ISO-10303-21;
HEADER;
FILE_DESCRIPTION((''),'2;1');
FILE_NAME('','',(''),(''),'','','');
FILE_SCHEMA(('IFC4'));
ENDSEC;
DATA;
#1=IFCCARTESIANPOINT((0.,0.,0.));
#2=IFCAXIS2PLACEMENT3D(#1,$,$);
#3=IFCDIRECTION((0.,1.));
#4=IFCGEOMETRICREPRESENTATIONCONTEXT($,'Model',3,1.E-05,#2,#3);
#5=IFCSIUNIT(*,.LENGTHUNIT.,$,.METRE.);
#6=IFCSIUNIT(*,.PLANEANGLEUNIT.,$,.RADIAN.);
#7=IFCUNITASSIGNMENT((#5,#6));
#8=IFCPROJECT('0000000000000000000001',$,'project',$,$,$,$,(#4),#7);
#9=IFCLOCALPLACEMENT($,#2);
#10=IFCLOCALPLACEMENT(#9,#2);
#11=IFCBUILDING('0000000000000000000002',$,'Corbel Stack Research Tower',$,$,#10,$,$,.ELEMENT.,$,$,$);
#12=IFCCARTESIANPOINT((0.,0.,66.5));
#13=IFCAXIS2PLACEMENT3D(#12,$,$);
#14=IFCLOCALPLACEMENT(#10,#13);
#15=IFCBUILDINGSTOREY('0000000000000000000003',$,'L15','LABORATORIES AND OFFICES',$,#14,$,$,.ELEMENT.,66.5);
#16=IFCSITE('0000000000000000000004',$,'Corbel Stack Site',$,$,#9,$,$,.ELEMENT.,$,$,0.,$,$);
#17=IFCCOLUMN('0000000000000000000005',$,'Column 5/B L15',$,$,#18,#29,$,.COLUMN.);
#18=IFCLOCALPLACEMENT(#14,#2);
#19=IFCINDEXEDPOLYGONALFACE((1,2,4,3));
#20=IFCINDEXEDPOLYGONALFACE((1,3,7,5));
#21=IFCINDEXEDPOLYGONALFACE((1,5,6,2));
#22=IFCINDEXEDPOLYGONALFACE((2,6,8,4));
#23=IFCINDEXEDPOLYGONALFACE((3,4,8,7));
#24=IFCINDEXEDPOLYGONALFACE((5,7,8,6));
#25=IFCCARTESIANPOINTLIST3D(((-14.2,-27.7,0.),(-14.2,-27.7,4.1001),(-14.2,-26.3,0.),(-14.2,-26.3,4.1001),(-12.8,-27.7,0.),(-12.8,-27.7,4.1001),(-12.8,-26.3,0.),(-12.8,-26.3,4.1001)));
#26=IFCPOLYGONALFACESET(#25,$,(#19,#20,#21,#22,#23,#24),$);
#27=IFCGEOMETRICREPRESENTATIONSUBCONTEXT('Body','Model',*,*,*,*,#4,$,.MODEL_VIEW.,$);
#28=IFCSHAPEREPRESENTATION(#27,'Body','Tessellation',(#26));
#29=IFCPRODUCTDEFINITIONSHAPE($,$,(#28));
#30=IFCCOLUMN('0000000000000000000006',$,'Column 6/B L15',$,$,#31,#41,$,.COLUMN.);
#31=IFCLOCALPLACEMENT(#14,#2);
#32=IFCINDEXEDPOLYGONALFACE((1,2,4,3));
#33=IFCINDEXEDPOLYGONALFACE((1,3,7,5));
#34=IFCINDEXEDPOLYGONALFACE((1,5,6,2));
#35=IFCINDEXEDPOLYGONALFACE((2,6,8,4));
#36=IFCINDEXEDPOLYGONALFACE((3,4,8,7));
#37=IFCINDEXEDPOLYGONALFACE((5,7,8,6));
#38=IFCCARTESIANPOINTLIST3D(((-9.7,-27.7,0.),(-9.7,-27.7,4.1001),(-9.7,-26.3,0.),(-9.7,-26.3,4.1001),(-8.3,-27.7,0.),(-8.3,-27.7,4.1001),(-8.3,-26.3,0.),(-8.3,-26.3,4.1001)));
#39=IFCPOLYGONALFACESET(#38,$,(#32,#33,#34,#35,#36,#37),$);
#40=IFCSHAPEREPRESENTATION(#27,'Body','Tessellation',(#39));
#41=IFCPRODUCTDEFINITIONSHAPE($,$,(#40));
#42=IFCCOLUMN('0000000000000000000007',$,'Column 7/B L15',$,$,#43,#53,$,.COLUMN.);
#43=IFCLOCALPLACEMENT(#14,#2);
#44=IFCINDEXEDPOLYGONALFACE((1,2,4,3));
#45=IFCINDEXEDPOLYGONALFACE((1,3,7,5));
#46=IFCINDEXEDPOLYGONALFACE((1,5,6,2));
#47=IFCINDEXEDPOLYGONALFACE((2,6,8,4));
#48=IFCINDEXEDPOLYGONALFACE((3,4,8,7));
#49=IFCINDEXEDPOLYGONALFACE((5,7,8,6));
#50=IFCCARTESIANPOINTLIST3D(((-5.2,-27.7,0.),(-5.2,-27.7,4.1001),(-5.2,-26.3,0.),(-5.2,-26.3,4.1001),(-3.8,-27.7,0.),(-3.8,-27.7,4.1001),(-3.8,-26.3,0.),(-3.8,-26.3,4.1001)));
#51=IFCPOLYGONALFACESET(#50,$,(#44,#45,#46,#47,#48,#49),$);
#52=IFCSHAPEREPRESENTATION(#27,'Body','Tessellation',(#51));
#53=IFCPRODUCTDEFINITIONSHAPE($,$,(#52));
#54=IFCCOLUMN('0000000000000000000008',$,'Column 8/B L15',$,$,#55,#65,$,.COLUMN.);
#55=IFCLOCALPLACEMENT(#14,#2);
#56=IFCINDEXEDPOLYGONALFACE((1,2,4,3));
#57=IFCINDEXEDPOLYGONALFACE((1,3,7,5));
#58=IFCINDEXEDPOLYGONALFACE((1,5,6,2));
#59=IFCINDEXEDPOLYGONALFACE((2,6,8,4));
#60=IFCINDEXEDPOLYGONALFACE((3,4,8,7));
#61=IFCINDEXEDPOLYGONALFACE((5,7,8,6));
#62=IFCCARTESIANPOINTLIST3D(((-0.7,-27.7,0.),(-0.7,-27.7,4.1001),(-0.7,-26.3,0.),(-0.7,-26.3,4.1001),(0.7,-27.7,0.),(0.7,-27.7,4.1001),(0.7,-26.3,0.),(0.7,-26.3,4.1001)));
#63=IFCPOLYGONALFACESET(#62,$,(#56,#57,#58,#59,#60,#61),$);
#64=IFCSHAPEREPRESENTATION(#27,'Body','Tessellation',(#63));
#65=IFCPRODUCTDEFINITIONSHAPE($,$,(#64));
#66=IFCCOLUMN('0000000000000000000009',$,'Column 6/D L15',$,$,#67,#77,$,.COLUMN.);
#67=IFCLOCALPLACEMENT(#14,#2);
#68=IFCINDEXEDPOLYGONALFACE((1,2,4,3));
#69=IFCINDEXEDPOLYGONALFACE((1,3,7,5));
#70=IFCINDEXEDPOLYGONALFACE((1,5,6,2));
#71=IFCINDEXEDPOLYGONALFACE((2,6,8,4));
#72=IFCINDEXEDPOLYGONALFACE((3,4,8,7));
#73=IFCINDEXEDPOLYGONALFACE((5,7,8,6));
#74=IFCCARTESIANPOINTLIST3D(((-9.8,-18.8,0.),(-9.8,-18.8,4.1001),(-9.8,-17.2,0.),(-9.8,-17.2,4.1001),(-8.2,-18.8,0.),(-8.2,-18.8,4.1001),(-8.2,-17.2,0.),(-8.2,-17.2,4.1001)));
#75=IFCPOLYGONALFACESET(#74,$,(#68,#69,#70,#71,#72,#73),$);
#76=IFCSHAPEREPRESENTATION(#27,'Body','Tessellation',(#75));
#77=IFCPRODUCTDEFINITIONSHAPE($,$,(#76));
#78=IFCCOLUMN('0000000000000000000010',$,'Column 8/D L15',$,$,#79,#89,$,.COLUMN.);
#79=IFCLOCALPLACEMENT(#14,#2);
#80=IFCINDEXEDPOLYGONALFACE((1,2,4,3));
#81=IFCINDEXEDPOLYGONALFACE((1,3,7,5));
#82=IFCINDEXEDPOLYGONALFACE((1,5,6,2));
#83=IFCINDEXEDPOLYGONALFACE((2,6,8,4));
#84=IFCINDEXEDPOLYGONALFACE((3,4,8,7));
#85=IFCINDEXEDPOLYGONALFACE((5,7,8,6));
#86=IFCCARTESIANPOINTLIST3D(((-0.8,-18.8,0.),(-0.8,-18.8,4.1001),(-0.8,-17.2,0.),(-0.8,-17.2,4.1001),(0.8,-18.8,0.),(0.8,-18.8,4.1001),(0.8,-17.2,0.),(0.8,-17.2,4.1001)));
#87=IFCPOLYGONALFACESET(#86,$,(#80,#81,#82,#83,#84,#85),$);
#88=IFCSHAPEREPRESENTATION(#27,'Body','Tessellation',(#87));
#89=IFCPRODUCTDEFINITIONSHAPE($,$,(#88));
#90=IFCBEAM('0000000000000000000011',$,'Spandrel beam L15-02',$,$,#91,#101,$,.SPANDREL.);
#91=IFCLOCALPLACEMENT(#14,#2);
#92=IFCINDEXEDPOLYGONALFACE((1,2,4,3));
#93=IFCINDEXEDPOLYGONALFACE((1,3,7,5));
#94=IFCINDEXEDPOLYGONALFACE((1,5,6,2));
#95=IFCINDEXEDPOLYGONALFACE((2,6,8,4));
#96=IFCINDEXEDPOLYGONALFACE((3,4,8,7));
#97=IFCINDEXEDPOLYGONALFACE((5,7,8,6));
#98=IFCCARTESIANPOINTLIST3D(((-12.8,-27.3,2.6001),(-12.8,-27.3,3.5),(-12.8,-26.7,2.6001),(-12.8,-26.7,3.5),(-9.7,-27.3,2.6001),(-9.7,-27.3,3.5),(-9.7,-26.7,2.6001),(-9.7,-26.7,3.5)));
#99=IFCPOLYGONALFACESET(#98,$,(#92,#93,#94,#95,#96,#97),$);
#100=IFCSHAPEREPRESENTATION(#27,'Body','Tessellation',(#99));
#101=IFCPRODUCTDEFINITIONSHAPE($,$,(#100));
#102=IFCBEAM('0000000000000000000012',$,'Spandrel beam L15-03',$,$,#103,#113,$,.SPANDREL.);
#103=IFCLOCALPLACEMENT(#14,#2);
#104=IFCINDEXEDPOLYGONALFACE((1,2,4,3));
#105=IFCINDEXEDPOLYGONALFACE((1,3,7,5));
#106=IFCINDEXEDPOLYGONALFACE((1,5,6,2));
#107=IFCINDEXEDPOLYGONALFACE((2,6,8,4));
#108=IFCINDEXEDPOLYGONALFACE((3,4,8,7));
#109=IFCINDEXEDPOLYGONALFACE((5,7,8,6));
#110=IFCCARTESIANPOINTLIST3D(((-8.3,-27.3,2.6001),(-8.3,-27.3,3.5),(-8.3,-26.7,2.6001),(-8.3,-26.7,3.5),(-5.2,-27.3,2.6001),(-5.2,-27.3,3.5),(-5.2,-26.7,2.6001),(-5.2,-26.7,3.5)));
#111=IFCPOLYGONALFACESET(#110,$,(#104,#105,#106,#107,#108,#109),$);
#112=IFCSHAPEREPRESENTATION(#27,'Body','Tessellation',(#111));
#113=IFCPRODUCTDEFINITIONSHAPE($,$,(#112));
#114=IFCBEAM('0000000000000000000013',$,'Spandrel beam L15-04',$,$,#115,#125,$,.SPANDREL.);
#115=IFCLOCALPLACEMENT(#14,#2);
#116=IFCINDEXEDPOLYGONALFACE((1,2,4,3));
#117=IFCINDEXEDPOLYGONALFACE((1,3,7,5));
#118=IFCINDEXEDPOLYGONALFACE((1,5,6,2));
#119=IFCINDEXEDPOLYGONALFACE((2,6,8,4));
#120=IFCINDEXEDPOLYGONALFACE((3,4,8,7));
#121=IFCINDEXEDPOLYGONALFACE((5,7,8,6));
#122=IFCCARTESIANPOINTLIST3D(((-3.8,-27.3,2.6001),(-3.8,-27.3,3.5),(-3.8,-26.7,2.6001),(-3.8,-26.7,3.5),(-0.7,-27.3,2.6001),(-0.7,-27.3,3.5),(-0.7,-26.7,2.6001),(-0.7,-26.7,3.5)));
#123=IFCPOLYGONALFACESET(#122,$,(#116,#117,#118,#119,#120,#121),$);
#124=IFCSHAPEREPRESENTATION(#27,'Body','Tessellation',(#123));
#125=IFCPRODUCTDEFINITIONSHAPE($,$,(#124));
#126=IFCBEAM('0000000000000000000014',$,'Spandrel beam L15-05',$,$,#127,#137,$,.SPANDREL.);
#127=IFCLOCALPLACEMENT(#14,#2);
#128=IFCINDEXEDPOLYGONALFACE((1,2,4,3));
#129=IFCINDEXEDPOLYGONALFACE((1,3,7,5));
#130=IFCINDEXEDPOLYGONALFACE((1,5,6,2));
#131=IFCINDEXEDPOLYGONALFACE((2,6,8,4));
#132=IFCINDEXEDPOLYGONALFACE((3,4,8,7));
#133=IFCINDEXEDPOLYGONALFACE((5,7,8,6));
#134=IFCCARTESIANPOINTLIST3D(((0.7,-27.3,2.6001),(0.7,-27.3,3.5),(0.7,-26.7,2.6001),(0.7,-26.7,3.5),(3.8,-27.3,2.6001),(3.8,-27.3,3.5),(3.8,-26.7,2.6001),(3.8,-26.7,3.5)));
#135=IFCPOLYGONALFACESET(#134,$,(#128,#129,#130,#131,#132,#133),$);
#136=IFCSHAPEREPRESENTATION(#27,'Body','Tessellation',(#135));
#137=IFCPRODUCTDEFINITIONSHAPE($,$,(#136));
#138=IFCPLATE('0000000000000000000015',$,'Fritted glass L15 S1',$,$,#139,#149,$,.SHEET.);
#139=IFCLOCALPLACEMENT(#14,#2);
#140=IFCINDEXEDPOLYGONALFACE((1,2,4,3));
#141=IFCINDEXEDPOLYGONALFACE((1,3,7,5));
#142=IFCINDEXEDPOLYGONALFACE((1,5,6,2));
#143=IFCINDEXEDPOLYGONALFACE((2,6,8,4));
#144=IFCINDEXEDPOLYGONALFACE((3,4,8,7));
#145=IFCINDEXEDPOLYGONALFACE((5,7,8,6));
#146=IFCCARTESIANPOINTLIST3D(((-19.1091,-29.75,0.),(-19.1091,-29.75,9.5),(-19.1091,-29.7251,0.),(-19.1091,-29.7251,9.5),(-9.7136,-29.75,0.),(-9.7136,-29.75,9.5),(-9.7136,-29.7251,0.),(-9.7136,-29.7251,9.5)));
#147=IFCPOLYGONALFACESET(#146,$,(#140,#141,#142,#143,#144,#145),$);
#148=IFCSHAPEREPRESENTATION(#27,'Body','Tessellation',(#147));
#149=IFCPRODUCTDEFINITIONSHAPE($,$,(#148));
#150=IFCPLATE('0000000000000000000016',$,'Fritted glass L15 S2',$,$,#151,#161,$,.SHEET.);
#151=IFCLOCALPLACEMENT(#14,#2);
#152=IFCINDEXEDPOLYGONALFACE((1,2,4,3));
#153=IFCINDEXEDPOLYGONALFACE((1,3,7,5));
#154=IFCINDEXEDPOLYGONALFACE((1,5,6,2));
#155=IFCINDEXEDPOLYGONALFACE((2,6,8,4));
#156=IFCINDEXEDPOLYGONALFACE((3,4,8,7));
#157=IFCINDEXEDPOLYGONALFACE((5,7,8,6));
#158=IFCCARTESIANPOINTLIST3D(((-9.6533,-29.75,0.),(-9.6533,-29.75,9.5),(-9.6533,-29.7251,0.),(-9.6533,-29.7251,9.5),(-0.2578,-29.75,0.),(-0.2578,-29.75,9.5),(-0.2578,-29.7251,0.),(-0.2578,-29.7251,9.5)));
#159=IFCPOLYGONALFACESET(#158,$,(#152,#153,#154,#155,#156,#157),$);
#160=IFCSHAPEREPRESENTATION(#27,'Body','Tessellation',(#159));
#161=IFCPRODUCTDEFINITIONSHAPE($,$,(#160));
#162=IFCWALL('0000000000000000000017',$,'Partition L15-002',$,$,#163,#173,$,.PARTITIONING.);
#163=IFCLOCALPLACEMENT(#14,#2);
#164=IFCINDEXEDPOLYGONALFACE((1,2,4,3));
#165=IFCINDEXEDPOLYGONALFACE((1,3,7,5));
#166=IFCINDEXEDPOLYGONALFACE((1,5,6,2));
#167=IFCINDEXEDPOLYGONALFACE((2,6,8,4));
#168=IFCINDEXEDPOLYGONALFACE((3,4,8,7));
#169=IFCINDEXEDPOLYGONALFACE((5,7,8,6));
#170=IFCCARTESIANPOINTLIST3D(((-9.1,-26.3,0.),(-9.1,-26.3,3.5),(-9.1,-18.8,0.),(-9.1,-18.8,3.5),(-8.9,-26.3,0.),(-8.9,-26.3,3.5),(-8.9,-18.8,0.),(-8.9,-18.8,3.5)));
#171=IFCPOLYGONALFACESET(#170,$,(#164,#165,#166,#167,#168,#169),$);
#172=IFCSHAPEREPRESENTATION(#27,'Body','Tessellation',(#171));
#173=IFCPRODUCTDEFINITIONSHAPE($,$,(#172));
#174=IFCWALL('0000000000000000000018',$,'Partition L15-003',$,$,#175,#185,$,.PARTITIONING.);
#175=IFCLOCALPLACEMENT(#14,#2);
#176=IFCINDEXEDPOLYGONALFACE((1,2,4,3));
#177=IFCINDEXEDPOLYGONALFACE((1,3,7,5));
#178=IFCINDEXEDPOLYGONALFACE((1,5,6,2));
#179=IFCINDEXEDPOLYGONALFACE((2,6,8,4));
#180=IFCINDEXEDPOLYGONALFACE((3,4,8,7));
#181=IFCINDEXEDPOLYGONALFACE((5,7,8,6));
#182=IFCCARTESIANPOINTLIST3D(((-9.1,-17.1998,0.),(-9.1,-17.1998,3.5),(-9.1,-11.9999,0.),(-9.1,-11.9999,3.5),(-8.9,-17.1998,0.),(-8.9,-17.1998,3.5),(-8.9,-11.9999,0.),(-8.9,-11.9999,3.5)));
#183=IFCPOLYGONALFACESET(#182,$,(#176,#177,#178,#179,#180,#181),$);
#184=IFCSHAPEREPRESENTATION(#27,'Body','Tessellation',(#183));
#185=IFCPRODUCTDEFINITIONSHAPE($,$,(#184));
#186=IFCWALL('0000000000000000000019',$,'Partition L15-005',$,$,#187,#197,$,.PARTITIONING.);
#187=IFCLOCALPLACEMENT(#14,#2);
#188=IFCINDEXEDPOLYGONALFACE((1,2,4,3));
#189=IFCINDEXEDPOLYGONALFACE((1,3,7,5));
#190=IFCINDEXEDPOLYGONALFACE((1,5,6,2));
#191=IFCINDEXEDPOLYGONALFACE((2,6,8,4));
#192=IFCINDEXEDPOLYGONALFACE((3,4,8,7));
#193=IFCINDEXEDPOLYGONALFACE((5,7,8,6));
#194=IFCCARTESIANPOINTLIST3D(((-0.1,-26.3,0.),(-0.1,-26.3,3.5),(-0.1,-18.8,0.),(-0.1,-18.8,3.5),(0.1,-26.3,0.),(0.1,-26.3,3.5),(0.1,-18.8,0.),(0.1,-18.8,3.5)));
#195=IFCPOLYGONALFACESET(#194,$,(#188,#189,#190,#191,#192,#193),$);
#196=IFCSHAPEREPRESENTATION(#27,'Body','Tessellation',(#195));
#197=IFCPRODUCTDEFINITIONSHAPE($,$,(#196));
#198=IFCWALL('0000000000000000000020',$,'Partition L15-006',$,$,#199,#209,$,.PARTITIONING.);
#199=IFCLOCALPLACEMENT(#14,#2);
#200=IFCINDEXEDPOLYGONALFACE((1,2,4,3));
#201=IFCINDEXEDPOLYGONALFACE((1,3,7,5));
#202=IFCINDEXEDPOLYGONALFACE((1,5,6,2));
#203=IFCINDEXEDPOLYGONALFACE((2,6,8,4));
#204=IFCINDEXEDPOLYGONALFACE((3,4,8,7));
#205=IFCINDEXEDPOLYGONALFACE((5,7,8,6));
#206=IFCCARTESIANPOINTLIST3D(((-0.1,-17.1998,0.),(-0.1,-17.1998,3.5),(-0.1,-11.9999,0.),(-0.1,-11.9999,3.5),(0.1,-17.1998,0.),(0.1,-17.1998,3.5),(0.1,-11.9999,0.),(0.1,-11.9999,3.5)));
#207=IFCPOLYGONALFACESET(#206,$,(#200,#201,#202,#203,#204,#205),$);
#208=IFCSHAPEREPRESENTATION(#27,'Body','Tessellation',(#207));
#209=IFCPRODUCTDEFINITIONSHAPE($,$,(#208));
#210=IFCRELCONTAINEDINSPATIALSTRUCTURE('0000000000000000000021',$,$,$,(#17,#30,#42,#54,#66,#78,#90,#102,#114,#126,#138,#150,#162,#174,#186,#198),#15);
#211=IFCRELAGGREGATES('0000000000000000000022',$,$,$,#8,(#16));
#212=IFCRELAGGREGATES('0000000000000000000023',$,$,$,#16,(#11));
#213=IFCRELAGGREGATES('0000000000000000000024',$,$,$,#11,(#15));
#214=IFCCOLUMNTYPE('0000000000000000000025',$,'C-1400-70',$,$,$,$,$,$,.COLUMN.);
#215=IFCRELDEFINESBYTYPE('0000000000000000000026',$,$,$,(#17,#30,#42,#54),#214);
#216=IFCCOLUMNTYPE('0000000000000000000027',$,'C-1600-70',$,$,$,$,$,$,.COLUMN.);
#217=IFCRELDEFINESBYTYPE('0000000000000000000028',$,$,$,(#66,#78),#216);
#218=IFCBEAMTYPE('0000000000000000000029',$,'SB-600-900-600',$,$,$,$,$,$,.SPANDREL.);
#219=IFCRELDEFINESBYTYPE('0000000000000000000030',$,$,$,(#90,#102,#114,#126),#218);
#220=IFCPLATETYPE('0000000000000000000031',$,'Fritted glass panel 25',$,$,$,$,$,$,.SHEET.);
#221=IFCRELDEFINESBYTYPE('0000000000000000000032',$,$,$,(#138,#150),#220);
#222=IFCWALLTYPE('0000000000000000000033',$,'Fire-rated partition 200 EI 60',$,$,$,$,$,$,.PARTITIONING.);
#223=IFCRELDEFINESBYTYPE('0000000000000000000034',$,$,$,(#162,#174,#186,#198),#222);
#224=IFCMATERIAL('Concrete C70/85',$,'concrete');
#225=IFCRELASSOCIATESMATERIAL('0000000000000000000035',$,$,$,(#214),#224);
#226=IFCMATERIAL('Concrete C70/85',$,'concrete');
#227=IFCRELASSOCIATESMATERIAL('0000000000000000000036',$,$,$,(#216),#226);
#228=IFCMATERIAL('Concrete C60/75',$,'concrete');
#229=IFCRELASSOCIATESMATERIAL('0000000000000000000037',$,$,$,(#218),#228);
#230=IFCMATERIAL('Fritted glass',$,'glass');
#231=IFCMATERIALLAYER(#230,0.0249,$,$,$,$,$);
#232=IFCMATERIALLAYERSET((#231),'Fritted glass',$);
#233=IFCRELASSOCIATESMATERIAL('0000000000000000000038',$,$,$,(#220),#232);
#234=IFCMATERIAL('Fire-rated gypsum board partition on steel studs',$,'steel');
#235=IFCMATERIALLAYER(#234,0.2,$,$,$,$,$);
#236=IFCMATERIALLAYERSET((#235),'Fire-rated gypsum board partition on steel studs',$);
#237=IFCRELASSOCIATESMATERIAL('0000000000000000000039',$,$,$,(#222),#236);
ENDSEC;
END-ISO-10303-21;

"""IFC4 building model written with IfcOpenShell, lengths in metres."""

from ifc_helpers import new_model, si_unit, direction, frame, frame_2d, origin, origin_2d, place, context, subcontext, project, spatial, rectangle, extrude, material, layer, layer_set, material_profile, profile_set, type_object, element, save


model = new_model("IFC4")

# Units and contexts
model_context = context("Model", 3, precision=1e-05, world=origin(), true_north=direction((0.0, 1.0)))
body_context = subcontext(model_context, "Body", "Model", "MODEL_VIEW")
ifc_project = project(units=[si_unit("LENGTHUNIT", "METRE"), si_unit("PLANEANGLEUNIT", "RADIAN")], contexts=[model_context])

# Site, building, storey
site_placement = place(None, origin())
site = spatial("IfcSite", under=ifc_project, at=site_placement, Name="Corbel Stack Site", CompositionType="ELEMENT", RefElevation=0.0)
building_placement = place(site_placement, origin())
building = spatial("IfcBuilding", under=site, at=building_placement, Name="Corbel Stack Research Tower", CompositionType="ELEMENT")
storey_placement = place(building_placement, frame((0.0, 0.0, 66.5)))
storey = spatial("IfcBuildingStorey", under=building, at=storey_placement, Name="L15", Description="LABORATORIES AND OFFICES", CompositionType="ELEMENT", Elevation=66.5)

# Columns
ifc_material_1 = material(Name="Concrete C70/85", Category="concrete")
ifc_material_profile_1 = material_profile(ifc_material_1, rectangle(XDim=1.3999, YDim=1.3999, at=origin_2d()), Name="RC 1400 x 1400")
ifc_profile_set_1 = profile_set([ifc_material_profile_1], Name="Concrete C70/85")
column_type_1 = type_object("IfcColumnType", Name="C-1400-70", PredefinedType="COLUMN", material=ifc_profile_set_1)
for number, where, z_axis, x_axis, name in (
    (1, (-13.5, -27.0, 0.0), (0.0, 0.0, 1.0), (1.0, 0.0, 0.0), "Column 5/B L15"),
    (2, (-9.0, -27.0, 0.0), (0.0, 0.0, 1.0), (1.0, 0.0, 0.0), "Column 6/B L15"),
    (3, (-4.5, -27.0, 0.0), (0.0, 0.0, 1.0), (1.0, 0.0, 0.0), "Column 7/B L15"),
    (4, (0.0, -27.0, 0.0), (0.0, 0.0, 1.0), (1.0, 0.0, 0.0), "Column 8/B L15"),
):
    element("IfcColumn", number, at=place(storey_placement, frame(where, z_axis=z_axis, x_axis=x_axis)), inside=storey, type_object=column_type_1, Name=name, PredefinedType="COLUMN", context=body_context, shape_type="SweptSolid", body=[
        extrude(rectangle(XDim=1.3999, YDim=1.3999, at=origin_2d()), origin(), (0.0, 0.0, 1.0), 4.1001),
    ])
ifc_material_2 = material(Name="Concrete C70/85", Category="concrete")
ifc_material_profile_2 = material_profile(ifc_material_2, rectangle(XDim=1.6001, YDim=1.6001, at=origin_2d()), Name="RC 1600 x 1600")
ifc_profile_set_2 = profile_set([ifc_material_profile_2], Name="Concrete C70/85")
column_type_2 = type_object("IfcColumnType", Name="C-1600-70", PredefinedType="COLUMN", material=ifc_profile_set_2)
for number, where, z_axis, x_axis, name in (
    (5, (-9.0, -18.0, 0.0), (0.0, 0.0, 1.0), (1.0, 0.0, 0.0), "Column 6/D L15"),
    (6, (0.0, -18.0, 0.0), (0.0, 0.0, 1.0), (1.0, 0.0, 0.0), "Column 8/D L15"),
):
    element("IfcColumn", number, at=place(storey_placement, frame(where, z_axis=z_axis, x_axis=x_axis)), inside=storey, type_object=column_type_2, Name=name, PredefinedType="COLUMN", context=body_context, shape_type="SweptSolid", body=[
        extrude(rectangle(XDim=1.6001, YDim=1.6001, at=origin_2d()), origin(), (0.0, 0.0, 1.0), 4.1001),
    ])

# Beams
ifc_material_3 = material(Name="Concrete C60/75", Category="concrete")
ifc_material_profile_3 = material_profile(ifc_material_3, rectangle(XDim=0.6001, YDim=0.8999, at=origin_2d()), Name="RC 600 x 900")
ifc_profile_set_3 = profile_set([ifc_material_profile_3], Name="Concrete C60/75")
beam_type = type_object("IfcBeamType", Name="SB-600-900-600", PredefinedType="SPANDREL", material=ifc_profile_set_3)
for number, where, z_axis, x_axis, name in (
    (7, (-12.8, -27.0, 3.05), (1.0, 0.0, 0.0), (0.0, 1.0, 0.0), "Spandrel beam L15-02"),
    (8, (-8.3, -27.0, 3.05), (1.0, 0.0, 0.0), (0.0, 1.0, 0.0), "Spandrel beam L15-03"),
    (9, (-3.8, -27.0, 3.05), (1.0, 0.0, 0.0), (0.0, 1.0, 0.0), "Spandrel beam L15-04"),
    (10, (0.7, -27.0, 3.05), (1.0, 0.0, 0.0), (0.0, 1.0, 0.0), "Spandrel beam L15-05"),
):
    element("IfcBeam", number, at=place(storey_placement, frame(where, z_axis=z_axis, x_axis=x_axis)), inside=storey, type_object=beam_type, Name=name, PredefinedType="SPANDREL", context=body_context, shape_type="SweptSolid", body=[
        extrude(rectangle(XDim=0.6001, YDim=0.8999, at=origin_2d()), origin(), (0.0, 0.0, 1.0), 3.1001),
    ])

# Plates
ifc_material_4 = material(Name="Fritted glass", Category="glass")
ifc_layer_1 = layer(ifc_material_4, 0.0249)
ifc_layer_set_1 = layer_set([ifc_layer_1], Name="Fritted glass")
plate_type = type_object("IfcPlateType", Name="Fritted glass panel 25", PredefinedType="SHEET", material=ifc_layer_set_1)
for number, where, z_axis, x_axis, name in (
    (11, (-14.4114, -29.7375, 0.0), (0.0, 0.0, 1.0), (1.0, 0.0, 0.0), "Fritted glass L15 S1"),
    (12, (-4.9556, -29.7375, 0.0), (0.0, 0.0, 1.0), (1.0, 0.0, 0.0), "Fritted glass L15 S2"),
):
    element("IfcPlate", number, at=place(storey_placement, frame(where, z_axis=z_axis, x_axis=x_axis)), inside=storey, type_object=plate_type, Name=name, PredefinedType="SHEET", context=body_context, shape_type="SweptSolid", body=[
        extrude(rectangle(XDim=9.3955, YDim=0.0249, at=origin_2d()), origin(), (0.0, 0.0, 1.0), 9.5),
    ])

# Walls
ifc_material_5 = material(Name="Fire-rated gypsum board partition on steel studs", Category="steel")
ifc_layer_2 = layer(ifc_material_5, 0.2)
ifc_layer_set_2 = layer_set([ifc_layer_2], Name="Fire-rated gypsum board partition on steel studs")
wall_type_1 = type_object("IfcWallType", Name="Fire-rated partition 200 EI 60", PredefinedType="PARTITIONING", material=ifc_layer_set_2)
wall_1_placement = place(storey_placement, frame((-9.0, -26.3, 0.0), z_axis=(0.0, 0.0, 1.0), x_axis=(0.0, 1.0, 0.0)))
element("IfcWall", 13, at=wall_1_placement, inside=storey, type_object=wall_type_1, Name="Partition L15-002", PredefinedType="PARTITIONING", context=body_context, shape_type="SweptSolid", body=[
    extrude(rectangle(XDim=7.5, YDim=0.2, at=frame_2d((3.75, 0.0))), origin(), (0.0, 0.0, 1.0), 3.5),
])
wall_2_placement = place(storey_placement, frame((-9.0, -17.2, 0.0), z_axis=(0.0, 0.0, 1.0), x_axis=(0.0, 1.0, 0.0)))
element("IfcWall", 14, at=wall_2_placement, inside=storey, type_object=wall_type_1, Name="Partition L15-003", PredefinedType="PARTITIONING", context=body_context, shape_type="SweptSolid", body=[
    extrude(rectangle(XDim=5.2, YDim=0.2, at=frame_2d((2.6001, 0.0))), origin(), (0.0, 0.0, 1.0), 3.5),
])
wall_3_placement = place(storey_placement, frame((0.0, -26.3, 0.0), z_axis=(0.0, 0.0, 1.0), x_axis=(0.0, 1.0, 0.0)))
element("IfcWall", 15, at=wall_3_placement, inside=storey, type_object=wall_type_1, Name="Partition L15-005", PredefinedType="PARTITIONING", context=body_context, shape_type="SweptSolid", body=[
    extrude(rectangle(XDim=7.5, YDim=0.2, at=frame_2d((3.75, 0.0))), origin(), (0.0, 0.0, 1.0), 3.5),
])
wall_4_placement = place(storey_placement, frame((0.0, -17.2, 0.0), z_axis=(0.0, 0.0, 1.0), x_axis=(0.0, 1.0, 0.0)))
element("IfcWall", 16, at=wall_4_placement, inside=storey, type_object=wall_type_1, Name="Partition L15-006", PredefinedType="PARTITIONING", context=body_context, shape_type="SweptSolid", body=[
    extrude(rectangle(XDim=5.2, YDim=0.2, at=frame_2d((2.6001, 0.0))), origin(), (0.0, 0.0, 1.0), 3.5),
])

save(model, "model.ifc")
